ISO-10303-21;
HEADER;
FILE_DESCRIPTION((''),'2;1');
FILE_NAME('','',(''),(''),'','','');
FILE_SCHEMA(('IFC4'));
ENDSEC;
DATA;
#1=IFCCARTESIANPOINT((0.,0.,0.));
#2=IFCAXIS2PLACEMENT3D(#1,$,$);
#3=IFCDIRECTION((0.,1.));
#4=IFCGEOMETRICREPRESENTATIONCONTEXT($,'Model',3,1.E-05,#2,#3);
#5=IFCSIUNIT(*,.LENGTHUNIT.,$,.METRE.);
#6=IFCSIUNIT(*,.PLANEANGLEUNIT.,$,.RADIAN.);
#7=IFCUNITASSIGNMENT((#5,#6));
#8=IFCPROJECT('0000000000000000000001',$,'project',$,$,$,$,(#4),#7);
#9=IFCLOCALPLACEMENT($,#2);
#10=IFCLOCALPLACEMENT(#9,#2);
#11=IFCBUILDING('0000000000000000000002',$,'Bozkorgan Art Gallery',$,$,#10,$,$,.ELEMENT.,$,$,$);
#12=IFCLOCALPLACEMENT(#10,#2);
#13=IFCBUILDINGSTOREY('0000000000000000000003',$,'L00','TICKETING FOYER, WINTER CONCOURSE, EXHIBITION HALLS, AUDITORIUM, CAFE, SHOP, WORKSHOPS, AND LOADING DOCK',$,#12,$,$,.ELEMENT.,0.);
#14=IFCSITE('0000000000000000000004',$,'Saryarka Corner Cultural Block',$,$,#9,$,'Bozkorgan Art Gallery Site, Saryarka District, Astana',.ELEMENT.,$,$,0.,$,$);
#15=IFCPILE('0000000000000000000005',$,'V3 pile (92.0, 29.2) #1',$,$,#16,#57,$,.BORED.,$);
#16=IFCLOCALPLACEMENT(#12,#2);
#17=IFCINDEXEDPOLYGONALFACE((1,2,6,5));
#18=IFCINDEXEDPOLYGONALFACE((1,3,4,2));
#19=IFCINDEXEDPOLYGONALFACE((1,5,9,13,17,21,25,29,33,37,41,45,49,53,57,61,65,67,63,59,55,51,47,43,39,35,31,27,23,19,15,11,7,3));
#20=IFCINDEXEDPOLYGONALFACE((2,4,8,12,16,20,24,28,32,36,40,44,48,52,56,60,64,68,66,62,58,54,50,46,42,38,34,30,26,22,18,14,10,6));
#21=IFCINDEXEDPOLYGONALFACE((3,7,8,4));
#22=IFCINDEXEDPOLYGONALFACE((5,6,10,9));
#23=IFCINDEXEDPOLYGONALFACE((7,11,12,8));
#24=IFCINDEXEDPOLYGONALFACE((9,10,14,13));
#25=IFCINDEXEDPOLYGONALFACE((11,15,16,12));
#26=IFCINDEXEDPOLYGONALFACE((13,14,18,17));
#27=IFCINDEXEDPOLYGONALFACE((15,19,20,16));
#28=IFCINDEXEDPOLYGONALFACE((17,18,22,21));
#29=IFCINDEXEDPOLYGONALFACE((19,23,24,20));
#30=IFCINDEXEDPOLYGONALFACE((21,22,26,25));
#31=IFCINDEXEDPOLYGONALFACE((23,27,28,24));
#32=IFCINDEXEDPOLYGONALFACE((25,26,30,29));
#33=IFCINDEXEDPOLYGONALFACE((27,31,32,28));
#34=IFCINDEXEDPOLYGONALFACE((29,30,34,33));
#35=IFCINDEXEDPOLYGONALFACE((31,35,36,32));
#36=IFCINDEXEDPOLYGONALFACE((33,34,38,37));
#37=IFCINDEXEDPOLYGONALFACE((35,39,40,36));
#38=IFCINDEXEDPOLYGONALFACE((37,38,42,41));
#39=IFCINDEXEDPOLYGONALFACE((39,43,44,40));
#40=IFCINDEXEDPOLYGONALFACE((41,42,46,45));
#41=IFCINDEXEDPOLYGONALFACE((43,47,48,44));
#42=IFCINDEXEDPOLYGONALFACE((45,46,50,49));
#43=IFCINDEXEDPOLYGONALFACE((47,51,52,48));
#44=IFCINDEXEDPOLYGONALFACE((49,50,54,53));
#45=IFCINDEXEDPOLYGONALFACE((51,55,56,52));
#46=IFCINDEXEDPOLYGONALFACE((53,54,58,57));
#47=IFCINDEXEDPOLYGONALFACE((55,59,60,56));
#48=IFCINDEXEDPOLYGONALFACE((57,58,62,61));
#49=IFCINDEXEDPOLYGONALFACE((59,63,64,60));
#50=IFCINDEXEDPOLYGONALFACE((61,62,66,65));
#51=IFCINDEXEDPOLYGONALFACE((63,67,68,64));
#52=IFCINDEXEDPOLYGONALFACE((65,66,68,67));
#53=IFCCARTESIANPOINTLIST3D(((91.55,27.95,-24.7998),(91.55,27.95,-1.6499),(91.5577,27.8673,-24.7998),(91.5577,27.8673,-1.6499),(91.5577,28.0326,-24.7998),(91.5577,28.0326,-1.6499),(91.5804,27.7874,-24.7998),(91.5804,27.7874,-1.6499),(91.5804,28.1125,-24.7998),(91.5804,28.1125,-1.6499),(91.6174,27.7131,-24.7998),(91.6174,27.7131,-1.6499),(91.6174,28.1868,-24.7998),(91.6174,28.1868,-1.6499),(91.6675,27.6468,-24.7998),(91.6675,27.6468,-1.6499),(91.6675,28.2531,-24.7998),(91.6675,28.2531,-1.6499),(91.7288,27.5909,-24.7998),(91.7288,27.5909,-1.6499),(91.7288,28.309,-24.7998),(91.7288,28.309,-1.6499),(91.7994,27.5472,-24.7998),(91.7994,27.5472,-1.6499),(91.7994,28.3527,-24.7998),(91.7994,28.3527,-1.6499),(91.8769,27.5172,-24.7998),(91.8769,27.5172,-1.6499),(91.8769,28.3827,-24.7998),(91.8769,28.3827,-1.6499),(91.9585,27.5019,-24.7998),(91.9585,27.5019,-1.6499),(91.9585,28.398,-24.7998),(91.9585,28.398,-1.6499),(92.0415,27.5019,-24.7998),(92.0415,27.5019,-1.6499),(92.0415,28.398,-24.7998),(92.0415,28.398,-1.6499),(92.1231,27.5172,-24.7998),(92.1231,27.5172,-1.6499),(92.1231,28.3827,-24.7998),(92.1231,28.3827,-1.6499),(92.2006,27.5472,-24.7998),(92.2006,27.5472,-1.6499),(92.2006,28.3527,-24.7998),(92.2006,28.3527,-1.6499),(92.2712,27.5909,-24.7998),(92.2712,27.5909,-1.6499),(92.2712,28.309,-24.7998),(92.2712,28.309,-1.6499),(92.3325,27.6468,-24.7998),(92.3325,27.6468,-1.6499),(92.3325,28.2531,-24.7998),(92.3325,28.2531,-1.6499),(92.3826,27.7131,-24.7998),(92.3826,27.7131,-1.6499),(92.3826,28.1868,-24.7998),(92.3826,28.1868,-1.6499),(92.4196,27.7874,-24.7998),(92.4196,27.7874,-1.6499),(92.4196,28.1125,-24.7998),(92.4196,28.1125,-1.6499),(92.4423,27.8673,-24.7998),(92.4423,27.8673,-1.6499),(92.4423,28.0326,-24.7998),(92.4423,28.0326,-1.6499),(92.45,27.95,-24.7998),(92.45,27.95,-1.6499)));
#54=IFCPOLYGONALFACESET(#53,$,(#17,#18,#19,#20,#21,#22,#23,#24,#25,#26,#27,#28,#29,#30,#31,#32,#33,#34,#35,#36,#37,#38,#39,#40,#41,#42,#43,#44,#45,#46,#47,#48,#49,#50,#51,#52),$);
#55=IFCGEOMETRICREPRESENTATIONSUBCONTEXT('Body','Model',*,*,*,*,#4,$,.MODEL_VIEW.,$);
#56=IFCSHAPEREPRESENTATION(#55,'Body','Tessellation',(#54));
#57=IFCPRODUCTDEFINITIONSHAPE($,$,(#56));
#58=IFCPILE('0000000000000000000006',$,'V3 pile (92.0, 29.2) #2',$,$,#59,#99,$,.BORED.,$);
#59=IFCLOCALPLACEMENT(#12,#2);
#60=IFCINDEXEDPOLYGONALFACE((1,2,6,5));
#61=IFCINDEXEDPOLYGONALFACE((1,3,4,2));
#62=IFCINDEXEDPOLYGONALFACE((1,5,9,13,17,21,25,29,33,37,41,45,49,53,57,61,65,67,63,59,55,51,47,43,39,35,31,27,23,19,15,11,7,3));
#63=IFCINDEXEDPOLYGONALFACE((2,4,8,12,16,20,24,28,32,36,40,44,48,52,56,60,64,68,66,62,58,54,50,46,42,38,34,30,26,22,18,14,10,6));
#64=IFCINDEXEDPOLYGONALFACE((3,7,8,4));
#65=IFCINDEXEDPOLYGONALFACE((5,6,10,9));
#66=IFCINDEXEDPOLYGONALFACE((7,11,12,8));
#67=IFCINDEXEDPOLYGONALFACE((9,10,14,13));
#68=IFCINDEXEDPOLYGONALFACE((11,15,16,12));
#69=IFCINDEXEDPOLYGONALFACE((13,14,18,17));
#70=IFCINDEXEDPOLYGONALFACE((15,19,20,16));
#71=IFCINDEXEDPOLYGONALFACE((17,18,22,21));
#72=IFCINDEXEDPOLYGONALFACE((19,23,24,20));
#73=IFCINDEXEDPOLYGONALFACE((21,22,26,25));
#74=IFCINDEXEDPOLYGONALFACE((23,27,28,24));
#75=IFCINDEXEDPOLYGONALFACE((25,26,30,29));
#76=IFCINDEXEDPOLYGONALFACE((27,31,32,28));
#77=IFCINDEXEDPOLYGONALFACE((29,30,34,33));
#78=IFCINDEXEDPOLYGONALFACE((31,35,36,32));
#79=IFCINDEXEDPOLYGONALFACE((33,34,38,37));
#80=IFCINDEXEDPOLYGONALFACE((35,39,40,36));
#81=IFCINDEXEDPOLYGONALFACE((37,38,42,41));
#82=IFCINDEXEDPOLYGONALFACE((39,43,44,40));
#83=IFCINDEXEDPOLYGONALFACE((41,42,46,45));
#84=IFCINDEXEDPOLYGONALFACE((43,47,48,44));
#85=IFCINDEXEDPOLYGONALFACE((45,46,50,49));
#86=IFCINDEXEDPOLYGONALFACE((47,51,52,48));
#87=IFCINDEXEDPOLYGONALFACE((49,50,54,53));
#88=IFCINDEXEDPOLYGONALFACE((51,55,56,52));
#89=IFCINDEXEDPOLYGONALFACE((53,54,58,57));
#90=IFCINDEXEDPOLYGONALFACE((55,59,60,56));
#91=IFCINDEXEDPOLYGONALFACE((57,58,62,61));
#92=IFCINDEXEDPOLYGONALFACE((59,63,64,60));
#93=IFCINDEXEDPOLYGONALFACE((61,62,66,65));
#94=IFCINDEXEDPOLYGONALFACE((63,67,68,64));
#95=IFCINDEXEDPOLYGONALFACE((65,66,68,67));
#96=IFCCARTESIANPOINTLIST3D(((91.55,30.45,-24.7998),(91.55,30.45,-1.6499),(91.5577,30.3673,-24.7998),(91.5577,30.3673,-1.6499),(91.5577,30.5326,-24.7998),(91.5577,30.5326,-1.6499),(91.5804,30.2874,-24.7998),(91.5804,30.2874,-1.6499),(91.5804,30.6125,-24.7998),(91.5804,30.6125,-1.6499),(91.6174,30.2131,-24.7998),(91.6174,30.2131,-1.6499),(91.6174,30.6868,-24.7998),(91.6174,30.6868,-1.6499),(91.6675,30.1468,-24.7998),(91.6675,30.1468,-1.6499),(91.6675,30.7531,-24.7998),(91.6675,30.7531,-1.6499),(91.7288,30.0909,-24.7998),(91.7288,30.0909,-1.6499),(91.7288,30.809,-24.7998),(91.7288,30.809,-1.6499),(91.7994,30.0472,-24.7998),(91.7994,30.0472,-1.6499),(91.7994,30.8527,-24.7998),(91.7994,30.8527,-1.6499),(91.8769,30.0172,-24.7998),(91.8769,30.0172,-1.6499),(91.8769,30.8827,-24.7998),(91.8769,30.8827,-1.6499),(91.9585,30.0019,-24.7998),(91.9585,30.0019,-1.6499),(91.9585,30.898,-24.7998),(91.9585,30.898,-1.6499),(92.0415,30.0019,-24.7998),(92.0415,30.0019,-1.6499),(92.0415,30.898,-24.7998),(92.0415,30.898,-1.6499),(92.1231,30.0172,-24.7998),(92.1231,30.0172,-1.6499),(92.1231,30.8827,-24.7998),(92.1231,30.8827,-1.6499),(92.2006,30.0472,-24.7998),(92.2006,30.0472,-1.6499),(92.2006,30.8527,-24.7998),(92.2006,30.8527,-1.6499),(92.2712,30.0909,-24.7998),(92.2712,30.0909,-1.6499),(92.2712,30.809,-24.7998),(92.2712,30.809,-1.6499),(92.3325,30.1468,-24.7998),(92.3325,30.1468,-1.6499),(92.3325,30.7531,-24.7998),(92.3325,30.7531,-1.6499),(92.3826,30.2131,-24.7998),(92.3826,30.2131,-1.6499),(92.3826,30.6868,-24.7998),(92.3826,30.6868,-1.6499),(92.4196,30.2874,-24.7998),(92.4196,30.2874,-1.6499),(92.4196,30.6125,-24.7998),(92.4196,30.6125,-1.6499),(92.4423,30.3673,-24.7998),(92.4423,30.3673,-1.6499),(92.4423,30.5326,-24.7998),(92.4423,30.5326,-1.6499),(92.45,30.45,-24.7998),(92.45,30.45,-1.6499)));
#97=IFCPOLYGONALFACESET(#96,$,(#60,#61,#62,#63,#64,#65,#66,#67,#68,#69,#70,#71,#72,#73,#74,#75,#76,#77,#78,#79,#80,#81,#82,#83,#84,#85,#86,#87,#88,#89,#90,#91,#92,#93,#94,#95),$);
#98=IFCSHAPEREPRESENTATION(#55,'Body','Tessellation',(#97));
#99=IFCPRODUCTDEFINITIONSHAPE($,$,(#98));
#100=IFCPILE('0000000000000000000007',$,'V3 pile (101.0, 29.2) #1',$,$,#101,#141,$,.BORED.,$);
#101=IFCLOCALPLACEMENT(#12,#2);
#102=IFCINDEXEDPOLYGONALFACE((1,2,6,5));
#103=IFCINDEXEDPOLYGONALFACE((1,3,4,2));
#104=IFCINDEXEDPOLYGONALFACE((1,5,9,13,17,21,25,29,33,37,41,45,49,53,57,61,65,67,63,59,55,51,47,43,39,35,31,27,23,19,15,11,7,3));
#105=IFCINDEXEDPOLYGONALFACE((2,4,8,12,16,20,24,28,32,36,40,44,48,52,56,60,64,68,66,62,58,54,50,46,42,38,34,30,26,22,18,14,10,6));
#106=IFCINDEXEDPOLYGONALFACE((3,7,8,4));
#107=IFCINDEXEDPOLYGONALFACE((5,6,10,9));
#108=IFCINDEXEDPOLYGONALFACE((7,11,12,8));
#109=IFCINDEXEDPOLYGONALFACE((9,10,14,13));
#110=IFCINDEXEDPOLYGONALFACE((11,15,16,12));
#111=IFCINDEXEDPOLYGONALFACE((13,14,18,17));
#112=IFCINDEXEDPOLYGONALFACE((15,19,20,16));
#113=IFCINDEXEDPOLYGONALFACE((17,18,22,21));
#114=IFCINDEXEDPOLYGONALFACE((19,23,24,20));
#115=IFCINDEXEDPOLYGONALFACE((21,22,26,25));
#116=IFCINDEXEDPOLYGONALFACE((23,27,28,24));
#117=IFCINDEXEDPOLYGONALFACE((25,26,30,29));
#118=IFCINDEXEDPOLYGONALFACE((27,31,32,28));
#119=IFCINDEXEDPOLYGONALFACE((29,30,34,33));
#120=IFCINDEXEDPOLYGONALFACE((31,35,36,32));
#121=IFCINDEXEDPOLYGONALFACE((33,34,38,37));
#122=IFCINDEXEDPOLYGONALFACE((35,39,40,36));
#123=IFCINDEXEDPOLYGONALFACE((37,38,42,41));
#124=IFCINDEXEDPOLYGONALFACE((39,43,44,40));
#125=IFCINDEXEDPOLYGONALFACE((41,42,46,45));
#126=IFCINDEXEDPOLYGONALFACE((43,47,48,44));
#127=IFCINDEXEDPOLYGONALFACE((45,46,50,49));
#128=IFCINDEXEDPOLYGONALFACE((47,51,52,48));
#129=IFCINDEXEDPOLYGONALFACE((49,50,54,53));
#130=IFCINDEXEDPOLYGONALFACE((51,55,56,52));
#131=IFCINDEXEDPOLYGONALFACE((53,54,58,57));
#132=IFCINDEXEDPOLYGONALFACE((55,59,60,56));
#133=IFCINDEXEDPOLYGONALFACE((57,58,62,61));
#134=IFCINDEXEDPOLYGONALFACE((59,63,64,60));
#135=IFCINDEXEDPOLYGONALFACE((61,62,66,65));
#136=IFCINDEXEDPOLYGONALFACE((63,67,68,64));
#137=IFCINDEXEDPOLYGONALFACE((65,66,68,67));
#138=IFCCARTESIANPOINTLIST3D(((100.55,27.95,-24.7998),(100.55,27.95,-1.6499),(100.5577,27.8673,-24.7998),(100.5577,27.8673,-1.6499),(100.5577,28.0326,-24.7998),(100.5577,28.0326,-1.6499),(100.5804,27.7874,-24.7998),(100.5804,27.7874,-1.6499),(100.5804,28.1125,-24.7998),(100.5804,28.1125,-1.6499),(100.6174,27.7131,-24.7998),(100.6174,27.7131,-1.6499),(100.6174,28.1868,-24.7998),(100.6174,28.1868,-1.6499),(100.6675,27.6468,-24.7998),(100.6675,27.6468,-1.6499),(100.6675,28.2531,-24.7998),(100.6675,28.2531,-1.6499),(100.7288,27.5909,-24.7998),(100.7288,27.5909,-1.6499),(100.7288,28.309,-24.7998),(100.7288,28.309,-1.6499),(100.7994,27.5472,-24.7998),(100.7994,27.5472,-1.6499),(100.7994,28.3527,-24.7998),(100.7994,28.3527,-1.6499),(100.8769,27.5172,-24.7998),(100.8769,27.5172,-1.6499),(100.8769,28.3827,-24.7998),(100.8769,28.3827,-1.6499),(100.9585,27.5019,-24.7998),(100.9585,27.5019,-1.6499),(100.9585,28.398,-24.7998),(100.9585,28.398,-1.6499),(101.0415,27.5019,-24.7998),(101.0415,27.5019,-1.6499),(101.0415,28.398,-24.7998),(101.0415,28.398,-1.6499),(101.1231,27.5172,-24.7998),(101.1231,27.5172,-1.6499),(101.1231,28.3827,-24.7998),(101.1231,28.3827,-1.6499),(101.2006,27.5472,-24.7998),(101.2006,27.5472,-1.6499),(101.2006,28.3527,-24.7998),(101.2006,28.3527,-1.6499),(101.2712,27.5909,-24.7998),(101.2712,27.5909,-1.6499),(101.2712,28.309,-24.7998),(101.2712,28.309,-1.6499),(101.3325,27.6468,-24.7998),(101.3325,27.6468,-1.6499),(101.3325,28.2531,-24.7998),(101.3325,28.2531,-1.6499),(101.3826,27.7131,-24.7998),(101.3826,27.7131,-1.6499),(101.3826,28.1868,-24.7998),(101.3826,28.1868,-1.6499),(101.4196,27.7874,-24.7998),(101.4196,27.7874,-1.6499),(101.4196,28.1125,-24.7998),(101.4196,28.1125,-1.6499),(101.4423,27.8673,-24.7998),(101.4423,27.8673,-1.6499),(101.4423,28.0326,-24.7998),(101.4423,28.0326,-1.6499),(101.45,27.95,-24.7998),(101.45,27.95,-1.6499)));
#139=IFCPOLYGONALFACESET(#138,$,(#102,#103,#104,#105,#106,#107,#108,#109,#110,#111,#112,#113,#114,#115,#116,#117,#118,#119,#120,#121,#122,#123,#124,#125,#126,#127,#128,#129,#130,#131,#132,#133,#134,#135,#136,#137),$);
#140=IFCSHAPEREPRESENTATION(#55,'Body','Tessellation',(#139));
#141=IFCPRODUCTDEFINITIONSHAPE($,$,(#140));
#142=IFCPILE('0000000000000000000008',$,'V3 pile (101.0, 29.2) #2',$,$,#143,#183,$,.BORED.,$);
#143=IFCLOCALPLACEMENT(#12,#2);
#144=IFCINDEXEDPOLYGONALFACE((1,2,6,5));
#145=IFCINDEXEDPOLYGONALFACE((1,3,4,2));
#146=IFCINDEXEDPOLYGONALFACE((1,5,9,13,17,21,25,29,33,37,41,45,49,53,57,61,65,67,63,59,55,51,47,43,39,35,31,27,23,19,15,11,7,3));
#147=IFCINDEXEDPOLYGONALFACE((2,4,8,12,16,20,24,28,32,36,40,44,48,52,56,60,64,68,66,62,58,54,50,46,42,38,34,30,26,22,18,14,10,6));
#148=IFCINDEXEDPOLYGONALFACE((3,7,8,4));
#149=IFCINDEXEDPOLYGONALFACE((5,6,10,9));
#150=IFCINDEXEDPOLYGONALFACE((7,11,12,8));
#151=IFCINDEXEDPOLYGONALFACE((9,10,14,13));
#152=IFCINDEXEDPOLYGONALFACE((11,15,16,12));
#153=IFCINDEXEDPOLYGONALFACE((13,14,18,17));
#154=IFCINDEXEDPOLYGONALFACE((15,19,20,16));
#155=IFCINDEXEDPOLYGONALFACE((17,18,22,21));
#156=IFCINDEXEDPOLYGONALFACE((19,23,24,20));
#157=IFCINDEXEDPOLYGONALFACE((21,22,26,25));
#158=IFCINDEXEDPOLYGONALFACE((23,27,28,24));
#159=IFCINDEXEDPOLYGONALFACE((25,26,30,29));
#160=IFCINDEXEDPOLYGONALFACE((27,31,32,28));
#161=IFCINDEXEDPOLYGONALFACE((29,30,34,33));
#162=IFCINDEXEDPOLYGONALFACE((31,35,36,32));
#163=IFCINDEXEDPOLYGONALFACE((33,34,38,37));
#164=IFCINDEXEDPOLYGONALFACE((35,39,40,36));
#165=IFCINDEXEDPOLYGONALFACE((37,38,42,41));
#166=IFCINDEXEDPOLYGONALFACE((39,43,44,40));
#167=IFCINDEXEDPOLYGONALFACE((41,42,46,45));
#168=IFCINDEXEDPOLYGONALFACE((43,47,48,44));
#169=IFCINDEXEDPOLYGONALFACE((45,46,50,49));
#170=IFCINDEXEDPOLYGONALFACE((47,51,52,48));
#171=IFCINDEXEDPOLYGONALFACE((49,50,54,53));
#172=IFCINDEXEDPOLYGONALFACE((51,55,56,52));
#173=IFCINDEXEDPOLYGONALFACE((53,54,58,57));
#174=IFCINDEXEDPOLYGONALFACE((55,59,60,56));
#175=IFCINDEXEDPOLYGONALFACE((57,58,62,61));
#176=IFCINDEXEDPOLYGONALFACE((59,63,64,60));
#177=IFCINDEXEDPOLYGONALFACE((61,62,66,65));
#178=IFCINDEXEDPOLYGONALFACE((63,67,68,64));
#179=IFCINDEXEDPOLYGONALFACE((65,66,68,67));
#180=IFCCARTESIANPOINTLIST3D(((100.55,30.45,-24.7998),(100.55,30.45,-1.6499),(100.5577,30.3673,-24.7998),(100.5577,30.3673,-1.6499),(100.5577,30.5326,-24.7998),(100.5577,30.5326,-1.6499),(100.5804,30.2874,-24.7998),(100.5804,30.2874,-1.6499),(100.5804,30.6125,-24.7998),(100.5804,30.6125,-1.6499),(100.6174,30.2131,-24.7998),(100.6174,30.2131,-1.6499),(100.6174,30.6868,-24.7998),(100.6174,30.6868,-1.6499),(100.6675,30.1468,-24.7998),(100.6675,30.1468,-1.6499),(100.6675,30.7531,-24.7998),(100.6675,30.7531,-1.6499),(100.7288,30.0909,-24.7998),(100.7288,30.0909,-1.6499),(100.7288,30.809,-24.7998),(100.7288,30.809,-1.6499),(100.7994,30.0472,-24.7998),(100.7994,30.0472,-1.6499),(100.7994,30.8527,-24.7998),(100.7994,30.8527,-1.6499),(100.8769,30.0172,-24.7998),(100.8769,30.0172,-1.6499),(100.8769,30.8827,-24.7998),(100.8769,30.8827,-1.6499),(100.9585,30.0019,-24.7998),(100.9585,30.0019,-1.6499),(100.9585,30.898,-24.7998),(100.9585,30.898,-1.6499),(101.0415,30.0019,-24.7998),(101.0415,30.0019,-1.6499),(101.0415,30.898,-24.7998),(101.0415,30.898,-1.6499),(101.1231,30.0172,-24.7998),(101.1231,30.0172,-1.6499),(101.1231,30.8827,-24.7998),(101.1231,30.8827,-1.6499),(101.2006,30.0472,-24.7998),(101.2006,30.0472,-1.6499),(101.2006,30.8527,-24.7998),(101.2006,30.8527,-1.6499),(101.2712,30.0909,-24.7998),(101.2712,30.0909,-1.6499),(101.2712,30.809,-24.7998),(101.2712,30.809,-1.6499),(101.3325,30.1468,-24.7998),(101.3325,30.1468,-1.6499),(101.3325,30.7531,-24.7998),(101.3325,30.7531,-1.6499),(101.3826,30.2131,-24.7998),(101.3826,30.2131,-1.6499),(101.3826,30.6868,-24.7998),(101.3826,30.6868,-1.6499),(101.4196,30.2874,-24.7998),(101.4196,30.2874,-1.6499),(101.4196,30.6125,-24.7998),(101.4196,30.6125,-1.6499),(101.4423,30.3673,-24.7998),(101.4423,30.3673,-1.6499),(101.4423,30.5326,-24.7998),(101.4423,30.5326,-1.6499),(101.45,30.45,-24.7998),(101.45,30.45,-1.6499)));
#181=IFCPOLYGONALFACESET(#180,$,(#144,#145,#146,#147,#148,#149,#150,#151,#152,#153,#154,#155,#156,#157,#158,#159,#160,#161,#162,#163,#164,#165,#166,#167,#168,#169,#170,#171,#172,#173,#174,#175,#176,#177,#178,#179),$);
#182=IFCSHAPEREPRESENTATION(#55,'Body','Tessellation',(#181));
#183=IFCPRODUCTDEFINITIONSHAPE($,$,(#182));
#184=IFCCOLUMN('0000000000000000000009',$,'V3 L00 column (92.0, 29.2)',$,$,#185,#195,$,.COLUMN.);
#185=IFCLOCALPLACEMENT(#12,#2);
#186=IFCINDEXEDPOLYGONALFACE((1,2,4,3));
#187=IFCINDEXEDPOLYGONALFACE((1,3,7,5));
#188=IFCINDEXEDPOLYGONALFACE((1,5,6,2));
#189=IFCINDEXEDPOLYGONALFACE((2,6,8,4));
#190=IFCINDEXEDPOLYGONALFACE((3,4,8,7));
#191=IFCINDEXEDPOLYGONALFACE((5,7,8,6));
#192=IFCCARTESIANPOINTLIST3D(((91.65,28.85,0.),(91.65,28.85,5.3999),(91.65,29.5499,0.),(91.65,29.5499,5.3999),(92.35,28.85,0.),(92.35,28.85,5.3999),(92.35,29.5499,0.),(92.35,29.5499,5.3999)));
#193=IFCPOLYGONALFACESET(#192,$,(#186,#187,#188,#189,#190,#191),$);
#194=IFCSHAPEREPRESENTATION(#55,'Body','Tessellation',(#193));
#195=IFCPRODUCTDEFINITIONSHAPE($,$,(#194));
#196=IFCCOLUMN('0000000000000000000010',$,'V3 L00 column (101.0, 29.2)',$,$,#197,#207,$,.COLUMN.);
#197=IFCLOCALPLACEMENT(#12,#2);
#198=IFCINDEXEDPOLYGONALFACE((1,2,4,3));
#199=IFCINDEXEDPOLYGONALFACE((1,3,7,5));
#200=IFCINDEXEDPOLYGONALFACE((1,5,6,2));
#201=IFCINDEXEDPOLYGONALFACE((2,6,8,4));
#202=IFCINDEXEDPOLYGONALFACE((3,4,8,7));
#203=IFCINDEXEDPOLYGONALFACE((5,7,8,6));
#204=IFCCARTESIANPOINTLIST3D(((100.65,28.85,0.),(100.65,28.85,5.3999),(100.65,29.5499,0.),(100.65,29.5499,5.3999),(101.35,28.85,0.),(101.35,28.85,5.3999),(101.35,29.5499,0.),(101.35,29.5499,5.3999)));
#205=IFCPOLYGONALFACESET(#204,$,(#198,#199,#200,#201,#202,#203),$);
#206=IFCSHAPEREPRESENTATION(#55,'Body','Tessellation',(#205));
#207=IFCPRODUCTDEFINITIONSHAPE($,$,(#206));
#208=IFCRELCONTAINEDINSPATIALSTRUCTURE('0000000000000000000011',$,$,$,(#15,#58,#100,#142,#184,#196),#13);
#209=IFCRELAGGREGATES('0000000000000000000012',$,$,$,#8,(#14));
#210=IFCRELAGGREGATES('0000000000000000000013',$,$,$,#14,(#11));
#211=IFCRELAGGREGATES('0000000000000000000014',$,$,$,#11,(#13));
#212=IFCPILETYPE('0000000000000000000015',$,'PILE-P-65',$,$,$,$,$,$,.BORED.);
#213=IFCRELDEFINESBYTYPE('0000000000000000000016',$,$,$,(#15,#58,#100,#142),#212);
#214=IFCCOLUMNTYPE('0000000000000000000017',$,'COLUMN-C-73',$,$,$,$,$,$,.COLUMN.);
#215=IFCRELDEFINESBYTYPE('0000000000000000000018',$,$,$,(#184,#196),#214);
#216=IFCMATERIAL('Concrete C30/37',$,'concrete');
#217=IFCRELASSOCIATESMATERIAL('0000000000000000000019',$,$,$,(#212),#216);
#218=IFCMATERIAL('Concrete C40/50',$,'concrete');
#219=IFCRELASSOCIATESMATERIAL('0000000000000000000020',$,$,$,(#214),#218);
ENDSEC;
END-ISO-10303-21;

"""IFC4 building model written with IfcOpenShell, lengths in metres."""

from ifc_helpers import new_model, si_unit, direction, frame, origin, origin_2d, place, context, subcontext, project, spatial, rectangle, circle, extrude, material, material_profile, profile_set, type_object, element, save


model = new_model("IFC4")

# Units and contexts
model_context = context("Model", 3, precision=1e-05, world=origin(), true_north=direction((0.0, 1.0)))
body_context = subcontext(model_context, "Body", "Model", "MODEL_VIEW")
ifc_project = project(units=[si_unit("LENGTHUNIT", "METRE"), si_unit("PLANEANGLEUNIT", "RADIAN")], contexts=[model_context])

# Site, building, storey
site_placement = place(None, origin())
site = spatial("IfcSite", under=ifc_project, at=site_placement, Name="Saryarka Corner Cultural Block", LongName="Bozkorgan Art Gallery Site, Saryarka District, Astana", CompositionType="ELEMENT", RefElevation=0.0)
building_placement = place(site_placement, origin())
building = spatial("IfcBuilding", under=site, at=building_placement, Name="Bozkorgan Art Gallery", CompositionType="ELEMENT")
storey_placement = place(building_placement, origin())
storey = spatial("IfcBuildingStorey", under=building, at=storey_placement, Name="L00", Description="TICKETING FOYER, WINTER CONCOURSE, EXHIBITION HALLS, AUDITORIUM, CAFE, SHOP, WORKSHOPS, AND LOADING DOCK", CompositionType="ELEMENT", Elevation=0.0)

# Shared definitions
ifc_material_1 = material(Name="Concrete C30/37", Category="concrete")

# Piles
ifc_material_profile_1 = material_profile(ifc_material_1, circle(Radius=0.45, at=origin_2d()), Name="PILE D900")
ifc_profile_set_1 = profile_set([ifc_material_profile_1], Name="Concrete C30/37")
pile_type_1 = type_object("IfcPileType", Name="PILE-P-65", PredefinedType="BORED", material=ifc_profile_set_1)
for number, where, z_axis, x_axis, name in (
    (1, (92.0, 27.95, -1.6499), (0.0, 0.0, -1.0), (1.0, 0.0, 0.0), "V3 pile (92.0, 29.2) #1"),
    (2, (92.0, 30.45, -1.6499), (0.0, 0.0, -1.0), (1.0, 0.0, 0.0), "V3 pile (92.0, 29.2) #2"),
    (3, (101.0, 27.95, -1.6499), (0.0, 0.0, -1.0), (1.0, 0.0, 0.0), "V3 pile (101.0, 29.2) #1"),
    (4, (101.0, 30.45, -1.6499), (0.0, 0.0, -1.0), (1.0, 0.0, 0.0), "V3 pile (101.0, 29.2) #2"),
):
    element("IfcPile", number, at=place(storey_placement, frame(where, z_axis=z_axis, x_axis=x_axis)), inside=storey, type_object=pile_type_1, Name=name, PredefinedType="BORED", context=body_context, shape_type="SweptSolid", body=[
        extrude(circle(Radius=0.45, at=origin_2d()), origin(), (0.0, 0.0, 1.0), 23.1499),
    ])

# Columns
ifc_material_2 = material(Name="Concrete C40/50", Category="concrete")
ifc_material_profile_2 = material_profile(ifc_material_2, rectangle(XDim=0.7, YDim=0.7, at=origin_2d()), Name="RC 700x700")
ifc_profile_set_2 = profile_set([ifc_material_profile_2], Name="Concrete C40/50")
column_type = type_object("IfcColumnType", Name="COLUMN-C-73", PredefinedType="COLUMN", material=ifc_profile_set_2)
for number, where, z_axis, x_axis, name in (
    (5, (92.0, 29.2, 0.0), (0.0, 0.0, 1.0), (1.0, 0.0, 0.0), "V3 L00 column (92.0, 29.2)"),
    (6, (101.0, 29.2, 0.0), (0.0, 0.0, 1.0), (1.0, 0.0, 0.0), "V3 L00 column (101.0, 29.2)"),
):
    element("IfcColumn", number, at=place(storey_placement, frame(where, z_axis=z_axis, x_axis=x_axis)), inside=storey, type_object=column_type, Name=name, PredefinedType="COLUMN", context=body_context, shape_type="SweptSolid", body=[
        extrude(rectangle(XDim=0.7, YDim=0.7, at=origin_2d()), origin(), (0.0, 0.0, 1.0), 5.3999),
    ])

save(model, "model.ifc")
